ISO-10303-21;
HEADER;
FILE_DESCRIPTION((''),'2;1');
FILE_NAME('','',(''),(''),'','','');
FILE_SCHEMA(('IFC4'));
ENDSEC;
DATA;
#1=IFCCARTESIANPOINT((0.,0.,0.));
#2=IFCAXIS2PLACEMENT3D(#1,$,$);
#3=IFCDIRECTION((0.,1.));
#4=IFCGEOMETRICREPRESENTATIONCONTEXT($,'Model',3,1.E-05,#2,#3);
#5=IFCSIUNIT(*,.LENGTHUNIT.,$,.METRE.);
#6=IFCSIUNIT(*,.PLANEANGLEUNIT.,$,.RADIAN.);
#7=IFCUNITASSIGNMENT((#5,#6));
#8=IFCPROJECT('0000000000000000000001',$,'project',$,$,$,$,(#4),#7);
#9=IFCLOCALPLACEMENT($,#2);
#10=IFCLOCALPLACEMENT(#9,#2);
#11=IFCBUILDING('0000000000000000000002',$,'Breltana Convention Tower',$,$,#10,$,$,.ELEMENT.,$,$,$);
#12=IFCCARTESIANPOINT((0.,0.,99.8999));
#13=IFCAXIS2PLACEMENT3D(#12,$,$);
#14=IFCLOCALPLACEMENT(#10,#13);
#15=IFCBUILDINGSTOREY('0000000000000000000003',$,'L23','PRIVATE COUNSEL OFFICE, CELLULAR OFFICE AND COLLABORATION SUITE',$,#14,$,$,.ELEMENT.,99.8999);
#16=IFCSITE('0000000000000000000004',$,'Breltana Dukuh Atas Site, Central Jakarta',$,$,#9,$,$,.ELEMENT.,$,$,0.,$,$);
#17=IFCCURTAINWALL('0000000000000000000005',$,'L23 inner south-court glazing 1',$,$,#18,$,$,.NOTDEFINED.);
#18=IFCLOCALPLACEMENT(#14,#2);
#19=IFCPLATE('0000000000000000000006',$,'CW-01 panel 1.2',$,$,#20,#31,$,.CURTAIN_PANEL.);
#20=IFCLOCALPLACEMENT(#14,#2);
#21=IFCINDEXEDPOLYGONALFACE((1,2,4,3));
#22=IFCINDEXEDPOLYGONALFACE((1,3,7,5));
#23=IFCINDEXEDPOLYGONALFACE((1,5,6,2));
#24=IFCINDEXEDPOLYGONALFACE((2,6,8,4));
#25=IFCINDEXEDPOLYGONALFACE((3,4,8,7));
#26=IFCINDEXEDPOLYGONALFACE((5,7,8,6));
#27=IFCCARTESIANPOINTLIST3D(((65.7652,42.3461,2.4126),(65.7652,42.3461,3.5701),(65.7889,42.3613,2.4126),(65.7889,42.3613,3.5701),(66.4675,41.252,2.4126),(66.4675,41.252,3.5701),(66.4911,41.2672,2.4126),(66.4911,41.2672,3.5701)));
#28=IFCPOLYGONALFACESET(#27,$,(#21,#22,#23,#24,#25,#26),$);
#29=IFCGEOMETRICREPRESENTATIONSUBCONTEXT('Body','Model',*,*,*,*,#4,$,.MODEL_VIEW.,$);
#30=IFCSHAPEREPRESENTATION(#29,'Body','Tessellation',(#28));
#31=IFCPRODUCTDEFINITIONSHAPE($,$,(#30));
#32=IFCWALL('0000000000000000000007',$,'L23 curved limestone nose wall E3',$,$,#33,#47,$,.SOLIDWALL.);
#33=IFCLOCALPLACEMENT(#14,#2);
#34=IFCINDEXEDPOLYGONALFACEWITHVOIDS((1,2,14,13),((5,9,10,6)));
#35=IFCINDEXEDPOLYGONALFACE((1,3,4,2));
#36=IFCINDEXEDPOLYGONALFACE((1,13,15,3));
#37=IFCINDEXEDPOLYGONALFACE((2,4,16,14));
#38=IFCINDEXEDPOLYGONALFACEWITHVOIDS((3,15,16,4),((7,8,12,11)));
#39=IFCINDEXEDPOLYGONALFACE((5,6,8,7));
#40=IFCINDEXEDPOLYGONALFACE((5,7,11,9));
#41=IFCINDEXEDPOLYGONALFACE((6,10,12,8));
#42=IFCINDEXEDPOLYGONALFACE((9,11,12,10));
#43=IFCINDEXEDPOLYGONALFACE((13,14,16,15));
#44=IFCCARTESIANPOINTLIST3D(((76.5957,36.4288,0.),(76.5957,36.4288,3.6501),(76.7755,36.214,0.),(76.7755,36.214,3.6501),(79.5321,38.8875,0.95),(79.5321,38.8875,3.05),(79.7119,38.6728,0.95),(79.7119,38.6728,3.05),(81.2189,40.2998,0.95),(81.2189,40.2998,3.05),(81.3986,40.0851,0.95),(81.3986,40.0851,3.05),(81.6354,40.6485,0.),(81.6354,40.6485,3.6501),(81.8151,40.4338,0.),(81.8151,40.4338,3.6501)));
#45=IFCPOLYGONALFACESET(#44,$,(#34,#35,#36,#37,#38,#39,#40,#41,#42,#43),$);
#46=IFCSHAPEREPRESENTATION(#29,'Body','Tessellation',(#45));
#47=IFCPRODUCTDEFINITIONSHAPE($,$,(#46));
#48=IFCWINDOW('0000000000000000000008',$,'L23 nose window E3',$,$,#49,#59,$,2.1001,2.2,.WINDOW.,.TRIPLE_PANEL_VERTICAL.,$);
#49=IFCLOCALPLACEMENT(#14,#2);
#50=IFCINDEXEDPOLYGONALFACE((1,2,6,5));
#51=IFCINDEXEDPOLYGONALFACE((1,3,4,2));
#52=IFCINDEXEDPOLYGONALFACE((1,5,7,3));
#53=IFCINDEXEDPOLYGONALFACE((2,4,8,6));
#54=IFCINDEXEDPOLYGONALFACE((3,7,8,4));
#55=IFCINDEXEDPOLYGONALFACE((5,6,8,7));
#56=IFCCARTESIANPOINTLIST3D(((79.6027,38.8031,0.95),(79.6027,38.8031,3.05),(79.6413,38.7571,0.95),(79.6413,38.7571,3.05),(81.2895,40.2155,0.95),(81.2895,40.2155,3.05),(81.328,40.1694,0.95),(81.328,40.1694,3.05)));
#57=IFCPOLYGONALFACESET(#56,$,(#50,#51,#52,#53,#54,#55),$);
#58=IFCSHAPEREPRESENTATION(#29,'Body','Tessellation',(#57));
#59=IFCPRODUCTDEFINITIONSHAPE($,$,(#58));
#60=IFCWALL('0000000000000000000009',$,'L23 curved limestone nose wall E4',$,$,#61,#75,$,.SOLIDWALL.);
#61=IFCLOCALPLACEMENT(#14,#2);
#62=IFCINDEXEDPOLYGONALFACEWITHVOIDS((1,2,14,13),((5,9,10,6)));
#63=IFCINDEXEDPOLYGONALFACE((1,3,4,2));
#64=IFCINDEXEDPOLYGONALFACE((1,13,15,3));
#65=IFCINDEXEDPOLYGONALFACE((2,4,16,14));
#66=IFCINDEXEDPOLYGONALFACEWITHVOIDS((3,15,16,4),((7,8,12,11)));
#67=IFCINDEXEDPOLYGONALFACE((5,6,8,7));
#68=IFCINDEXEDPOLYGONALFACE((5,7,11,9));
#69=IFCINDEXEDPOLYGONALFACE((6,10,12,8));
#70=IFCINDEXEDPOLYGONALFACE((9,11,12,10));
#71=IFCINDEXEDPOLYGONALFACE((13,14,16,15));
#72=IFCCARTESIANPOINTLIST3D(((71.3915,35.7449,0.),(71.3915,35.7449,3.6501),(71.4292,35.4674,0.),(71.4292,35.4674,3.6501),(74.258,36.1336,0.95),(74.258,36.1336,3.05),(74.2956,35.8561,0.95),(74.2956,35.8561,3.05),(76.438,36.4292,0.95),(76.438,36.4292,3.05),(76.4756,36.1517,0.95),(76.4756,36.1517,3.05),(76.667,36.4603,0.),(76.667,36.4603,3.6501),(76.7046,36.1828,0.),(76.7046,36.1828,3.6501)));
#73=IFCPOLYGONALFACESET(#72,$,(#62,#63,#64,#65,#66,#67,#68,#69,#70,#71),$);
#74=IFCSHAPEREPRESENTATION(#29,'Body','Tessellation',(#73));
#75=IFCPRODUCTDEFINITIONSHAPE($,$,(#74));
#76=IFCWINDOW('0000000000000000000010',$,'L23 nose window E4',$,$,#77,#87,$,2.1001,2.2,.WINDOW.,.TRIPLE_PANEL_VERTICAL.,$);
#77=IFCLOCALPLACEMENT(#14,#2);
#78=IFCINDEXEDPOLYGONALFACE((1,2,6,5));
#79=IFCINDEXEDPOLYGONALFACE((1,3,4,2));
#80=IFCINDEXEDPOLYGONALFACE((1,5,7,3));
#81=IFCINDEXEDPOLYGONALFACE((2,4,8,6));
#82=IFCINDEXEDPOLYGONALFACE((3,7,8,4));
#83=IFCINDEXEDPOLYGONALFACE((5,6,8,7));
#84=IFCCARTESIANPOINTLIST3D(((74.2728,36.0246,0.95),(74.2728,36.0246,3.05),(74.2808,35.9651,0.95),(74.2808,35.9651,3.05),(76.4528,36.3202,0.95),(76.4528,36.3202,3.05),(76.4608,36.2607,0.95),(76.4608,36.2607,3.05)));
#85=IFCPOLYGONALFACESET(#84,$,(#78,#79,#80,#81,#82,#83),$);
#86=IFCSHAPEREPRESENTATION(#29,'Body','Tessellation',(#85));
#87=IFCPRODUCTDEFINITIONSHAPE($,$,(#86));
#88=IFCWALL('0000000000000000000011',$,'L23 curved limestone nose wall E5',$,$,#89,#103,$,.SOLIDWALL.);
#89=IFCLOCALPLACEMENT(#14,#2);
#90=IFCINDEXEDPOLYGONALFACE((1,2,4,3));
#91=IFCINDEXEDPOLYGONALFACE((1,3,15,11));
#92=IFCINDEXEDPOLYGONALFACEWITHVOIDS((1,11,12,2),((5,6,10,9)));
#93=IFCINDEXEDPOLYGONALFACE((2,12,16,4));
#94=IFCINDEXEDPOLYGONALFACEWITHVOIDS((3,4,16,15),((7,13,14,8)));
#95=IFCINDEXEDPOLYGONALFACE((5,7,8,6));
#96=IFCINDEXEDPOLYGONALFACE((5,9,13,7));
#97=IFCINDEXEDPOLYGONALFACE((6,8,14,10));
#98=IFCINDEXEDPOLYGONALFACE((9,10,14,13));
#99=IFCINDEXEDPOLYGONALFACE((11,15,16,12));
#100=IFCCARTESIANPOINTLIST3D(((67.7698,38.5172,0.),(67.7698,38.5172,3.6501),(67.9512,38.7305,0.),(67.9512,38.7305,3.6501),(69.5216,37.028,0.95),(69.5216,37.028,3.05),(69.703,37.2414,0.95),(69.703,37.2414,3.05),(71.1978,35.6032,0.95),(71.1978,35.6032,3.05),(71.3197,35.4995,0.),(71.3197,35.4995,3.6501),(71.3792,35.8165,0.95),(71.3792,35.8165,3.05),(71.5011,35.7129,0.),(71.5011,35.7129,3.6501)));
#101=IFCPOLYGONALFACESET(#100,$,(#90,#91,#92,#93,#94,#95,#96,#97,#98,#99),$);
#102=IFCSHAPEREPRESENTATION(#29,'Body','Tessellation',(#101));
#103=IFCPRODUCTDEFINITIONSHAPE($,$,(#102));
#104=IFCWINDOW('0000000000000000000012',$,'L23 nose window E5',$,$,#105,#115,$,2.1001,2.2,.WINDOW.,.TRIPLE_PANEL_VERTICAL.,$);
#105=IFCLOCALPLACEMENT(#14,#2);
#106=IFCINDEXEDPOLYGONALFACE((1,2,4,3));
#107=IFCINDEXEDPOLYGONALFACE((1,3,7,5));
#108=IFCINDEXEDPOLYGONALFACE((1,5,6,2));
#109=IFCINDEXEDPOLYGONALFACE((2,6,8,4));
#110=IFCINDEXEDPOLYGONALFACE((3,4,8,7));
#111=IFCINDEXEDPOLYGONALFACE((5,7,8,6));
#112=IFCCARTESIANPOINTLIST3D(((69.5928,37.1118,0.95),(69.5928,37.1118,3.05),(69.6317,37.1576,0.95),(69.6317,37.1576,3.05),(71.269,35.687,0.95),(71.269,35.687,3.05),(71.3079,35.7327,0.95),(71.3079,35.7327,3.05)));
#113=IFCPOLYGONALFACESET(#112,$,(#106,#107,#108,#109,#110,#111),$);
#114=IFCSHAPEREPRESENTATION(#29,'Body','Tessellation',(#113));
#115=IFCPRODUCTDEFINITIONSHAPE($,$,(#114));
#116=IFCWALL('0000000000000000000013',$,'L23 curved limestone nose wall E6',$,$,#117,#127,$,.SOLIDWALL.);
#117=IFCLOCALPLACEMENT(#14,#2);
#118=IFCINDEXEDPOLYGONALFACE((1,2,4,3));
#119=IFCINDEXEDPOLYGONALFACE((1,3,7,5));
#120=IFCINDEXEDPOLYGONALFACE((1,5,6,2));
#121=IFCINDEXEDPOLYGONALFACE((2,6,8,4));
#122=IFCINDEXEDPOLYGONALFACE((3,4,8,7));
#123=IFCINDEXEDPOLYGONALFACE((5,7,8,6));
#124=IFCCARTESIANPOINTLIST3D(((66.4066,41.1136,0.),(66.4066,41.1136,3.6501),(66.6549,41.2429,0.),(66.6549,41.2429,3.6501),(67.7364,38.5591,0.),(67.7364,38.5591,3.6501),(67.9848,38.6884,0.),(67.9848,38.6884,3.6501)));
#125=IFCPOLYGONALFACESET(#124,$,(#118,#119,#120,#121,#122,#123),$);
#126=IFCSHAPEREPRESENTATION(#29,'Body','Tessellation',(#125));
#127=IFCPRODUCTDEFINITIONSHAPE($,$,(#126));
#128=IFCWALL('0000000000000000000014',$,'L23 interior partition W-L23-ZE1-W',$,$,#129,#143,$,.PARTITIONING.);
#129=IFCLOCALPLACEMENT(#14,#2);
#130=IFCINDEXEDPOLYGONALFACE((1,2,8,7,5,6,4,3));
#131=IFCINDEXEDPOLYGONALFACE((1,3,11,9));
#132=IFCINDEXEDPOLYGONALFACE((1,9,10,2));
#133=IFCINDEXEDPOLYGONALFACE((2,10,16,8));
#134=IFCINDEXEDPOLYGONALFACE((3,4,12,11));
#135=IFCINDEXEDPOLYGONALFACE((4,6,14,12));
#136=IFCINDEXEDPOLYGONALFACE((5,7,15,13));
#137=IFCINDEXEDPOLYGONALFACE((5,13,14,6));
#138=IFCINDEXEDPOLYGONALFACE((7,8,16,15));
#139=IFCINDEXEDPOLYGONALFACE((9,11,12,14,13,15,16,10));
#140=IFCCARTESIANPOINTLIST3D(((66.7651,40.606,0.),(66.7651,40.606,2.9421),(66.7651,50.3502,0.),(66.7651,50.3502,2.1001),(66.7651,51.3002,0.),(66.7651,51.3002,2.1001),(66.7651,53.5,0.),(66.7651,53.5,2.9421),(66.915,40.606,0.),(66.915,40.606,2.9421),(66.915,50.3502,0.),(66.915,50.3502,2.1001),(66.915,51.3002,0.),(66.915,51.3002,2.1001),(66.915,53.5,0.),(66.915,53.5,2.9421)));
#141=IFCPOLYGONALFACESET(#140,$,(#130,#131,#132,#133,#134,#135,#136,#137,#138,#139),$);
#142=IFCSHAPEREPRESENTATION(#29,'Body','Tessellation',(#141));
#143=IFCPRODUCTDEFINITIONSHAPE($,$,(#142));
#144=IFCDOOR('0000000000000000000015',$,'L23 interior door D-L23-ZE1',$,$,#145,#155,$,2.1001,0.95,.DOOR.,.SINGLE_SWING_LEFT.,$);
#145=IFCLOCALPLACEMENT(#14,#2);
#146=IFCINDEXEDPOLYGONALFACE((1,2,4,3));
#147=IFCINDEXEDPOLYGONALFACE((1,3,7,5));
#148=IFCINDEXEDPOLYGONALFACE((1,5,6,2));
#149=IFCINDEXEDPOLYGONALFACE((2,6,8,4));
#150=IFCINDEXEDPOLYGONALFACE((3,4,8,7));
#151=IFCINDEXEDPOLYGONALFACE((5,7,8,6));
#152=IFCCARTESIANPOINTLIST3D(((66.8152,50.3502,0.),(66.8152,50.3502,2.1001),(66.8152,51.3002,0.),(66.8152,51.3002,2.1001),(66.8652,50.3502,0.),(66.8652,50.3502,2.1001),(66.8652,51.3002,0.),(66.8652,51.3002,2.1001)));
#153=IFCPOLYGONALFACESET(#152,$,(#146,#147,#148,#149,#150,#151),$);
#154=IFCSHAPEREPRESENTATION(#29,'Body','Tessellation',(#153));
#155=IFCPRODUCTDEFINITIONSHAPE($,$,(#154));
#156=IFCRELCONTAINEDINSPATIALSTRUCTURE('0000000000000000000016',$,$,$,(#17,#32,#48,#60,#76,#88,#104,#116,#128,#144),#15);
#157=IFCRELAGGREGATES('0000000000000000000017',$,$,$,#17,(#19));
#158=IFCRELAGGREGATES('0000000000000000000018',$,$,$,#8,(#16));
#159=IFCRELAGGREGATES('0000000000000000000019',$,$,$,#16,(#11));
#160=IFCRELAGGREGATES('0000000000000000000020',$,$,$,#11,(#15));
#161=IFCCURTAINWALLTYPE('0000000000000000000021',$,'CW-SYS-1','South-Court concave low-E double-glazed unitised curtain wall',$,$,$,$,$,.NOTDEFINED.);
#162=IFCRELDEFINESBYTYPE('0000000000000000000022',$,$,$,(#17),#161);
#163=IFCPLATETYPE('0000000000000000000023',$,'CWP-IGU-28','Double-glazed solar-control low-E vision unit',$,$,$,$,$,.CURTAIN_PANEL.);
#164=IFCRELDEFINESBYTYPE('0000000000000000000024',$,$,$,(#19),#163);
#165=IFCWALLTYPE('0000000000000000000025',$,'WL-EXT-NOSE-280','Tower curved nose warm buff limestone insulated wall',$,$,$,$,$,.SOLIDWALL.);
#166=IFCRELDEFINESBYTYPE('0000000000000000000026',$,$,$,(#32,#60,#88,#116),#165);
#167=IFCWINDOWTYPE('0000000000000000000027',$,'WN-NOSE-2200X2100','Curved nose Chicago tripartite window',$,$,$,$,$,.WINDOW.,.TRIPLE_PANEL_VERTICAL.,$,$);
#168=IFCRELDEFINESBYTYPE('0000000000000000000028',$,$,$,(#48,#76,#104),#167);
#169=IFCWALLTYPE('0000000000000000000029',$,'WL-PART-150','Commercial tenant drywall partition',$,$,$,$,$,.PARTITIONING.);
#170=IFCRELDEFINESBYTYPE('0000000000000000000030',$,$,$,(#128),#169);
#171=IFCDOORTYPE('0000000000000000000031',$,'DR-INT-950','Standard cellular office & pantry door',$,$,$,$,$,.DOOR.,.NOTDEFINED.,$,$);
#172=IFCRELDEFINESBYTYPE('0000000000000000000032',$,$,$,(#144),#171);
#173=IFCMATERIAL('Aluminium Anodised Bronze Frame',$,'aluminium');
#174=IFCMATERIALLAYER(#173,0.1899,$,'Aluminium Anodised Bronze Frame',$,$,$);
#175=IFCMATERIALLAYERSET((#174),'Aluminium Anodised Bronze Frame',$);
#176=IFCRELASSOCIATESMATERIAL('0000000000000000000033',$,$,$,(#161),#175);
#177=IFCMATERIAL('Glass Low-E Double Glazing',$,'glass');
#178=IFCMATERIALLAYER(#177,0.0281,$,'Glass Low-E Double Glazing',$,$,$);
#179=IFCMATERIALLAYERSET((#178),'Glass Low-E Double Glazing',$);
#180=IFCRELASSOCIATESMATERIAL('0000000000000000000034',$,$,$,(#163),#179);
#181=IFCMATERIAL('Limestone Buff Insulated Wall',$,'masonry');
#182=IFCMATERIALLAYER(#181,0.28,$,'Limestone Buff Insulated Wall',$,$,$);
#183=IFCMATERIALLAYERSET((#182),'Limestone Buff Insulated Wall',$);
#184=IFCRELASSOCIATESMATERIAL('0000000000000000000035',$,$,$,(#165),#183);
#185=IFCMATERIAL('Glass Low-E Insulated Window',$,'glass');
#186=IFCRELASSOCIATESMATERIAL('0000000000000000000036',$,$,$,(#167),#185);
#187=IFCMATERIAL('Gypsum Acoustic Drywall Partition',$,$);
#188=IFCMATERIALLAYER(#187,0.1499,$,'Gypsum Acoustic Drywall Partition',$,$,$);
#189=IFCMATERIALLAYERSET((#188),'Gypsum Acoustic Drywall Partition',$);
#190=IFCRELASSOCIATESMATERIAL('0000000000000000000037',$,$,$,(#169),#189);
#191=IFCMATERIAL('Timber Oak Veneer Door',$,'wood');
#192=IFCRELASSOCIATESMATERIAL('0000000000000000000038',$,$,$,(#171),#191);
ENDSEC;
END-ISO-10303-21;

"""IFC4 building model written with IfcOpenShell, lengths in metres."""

from ifc_helpers import new_model, si_unit, direction, frame, frame_2d, origin, origin_2d, place, context, subcontext, project, spatial, rectangle, extrude, source, transform, mapped, material, layer, layer_set, type_object, type_shapes, element, fill, aggregate, save


model = new_model("IFC4")

# Units and contexts
model_context = context("Model", 3, precision=1e-05, world=origin(), true_north=direction((0.0, 1.0)))
body_context = subcontext(model_context, "Body", "Model", "MODEL_VIEW")
ifc_project = project(units=[si_unit("LENGTHUNIT", "METRE"), si_unit("PLANEANGLEUNIT", "RADIAN")], contexts=[model_context])

# Site, building, storey
site_placement = place(None, origin())
site = spatial("IfcSite", under=ifc_project, at=site_placement, Name="Breltana Dukuh Atas Site, Central Jakarta", CompositionType="ELEMENT", RefElevation=0.0)
building_placement = place(site_placement, origin())
building = spatial("IfcBuilding", under=site, at=building_placement, Name="Breltana Convention Tower", CompositionType="ELEMENT")
storey_placement = place(building_placement, frame((0.0, 0.0, 99.8999)))
storey = spatial("IfcBuildingStorey", under=building, at=storey_placement, Name="L23", Description="PRIVATE COUNSEL OFFICE, CELLULAR OFFICE AND COLLABORATION SUITE", CompositionType="ELEMENT", Elevation=99.8999)

# Curtain wall, plate
ifc_material_1 = material(Name="Aluminium Anodised Bronze Frame", Category="aluminium")
ifc_layer_1 = layer(ifc_material_1, 0.1899, Name="Aluminium Anodised Bronze Frame")
ifc_layer_set_1 = layer_set([ifc_layer_1], Name="Aluminium Anodised Bronze Frame")
curtain_wall_type = type_object("IfcCurtainWallType", Name="CW-SYS-1", Description="South-Court concave low-E double-glazed unitised curtain wall", PredefinedType="NOTDEFINED", material=ifc_layer_set_1)
curtain_wall_placement = place(storey_placement, origin())
curtain_wall = element("IfcCurtainWall", 1, at=curtain_wall_placement, inside=storey, type_object=curtain_wall_type, Name="L23 inner south-court glazing 1", PredefinedType="NOTDEFINED")
ifc_material_2 = material(Name="Glass Low-E Double Glazing", Category="glass")
ifc_layer_2 = layer(ifc_material_2, 0.0281, Name="Glass Low-E Double Glazing")
ifc_layer_set_2 = layer_set([ifc_layer_2], Name="Glass Low-E Double Glazing")
plate_type = type_object("IfcPlateType", Name="CWP-IGU-28", Description="Double-glazed solar-control low-E vision unit", PredefinedType="CURTAIN_PANEL", material=ifc_layer_set_2)
shared_shape_1 = source(origin(), body_context, "Body", "SweptSolid", [
    extrude(rectangle(XDim=1.3, YDim=0.0281, at=origin_2d()), origin(), (0.0, 0.0, 1.0), 1.1575),
])
plate_1_placement = place(storey_placement, frame((66.1282, 41.8066, 2.4126), z_axis=(0.0, 0.0, 1.0), x_axis=(-0.540177, 0.841551, 0.0)))
plate_1 = element("IfcPlate", 2, at=plate_1_placement, type_object=plate_type, Name="CW-01 panel 1.2", PredefinedType="CURTAIN_PANEL", context=body_context, shape_type="MappedRepresentation", body=[
    mapped(shared_shape_1, transform((0.0, 0.0, 0.0), scale=1.0)),
])
aggregate(curtain_wall, [plate_1])

# Walls, openings, windows
ifc_material_3 = material(Name="Limestone Buff Insulated Wall", Category="masonry")
ifc_layer_3 = layer(ifc_material_3, 0.28, Name="Limestone Buff Insulated Wall")
ifc_layer_set_3 = layer_set([ifc_layer_3], Name="Limestone Buff Insulated Wall")
wall_type_1 = type_object("IfcWallType", Name="WL-EXT-NOSE-280", Description="Tower curved nose warm buff limestone insulated wall", PredefinedType="SOLIDWALL", material=ifc_layer_set_3)
shared_shape_2 = source(origin(), body_context, "Body", "SweptSolid", [
    extrude(rectangle(XDim=6.573, YDim=0.28, at=frame_2d((3.2866, 0.0))), origin(), (0.0, 0.0, 1.0), 3.6501),
])
wall_1_placement = place(storey_placement, frame((81.7253, 40.5413, 0.0), z_axis=(0.0, 0.0, 1.0), x_axis=(-0.766715, -0.641987, 0.0)))
wall_1 = element("IfcWall", 3, at=wall_1_placement, inside=storey, type_object=wall_type_1, Name="L23 curved limestone nose wall E3", PredefinedType="SOLIDWALL", context=body_context, shape_type="MappedRepresentation", body=[
    mapped(shared_shape_2, transform((0.0, 0.0, 0.0), scale=1.0)),
])
opening_1_placement = place(wall_1_placement, frame((0.5432, 0.0, 0.95)))
opening_1 = element("IfcOpeningElement", 4, at=opening_1_placement, cuts=wall_1, PredefinedType="OPENING", context=body_context, shape_type="SweptSolid", body=[
    extrude(rectangle(XDim=2.2, YDim=2.1001, at=frame_2d((1.1001, 1.05))), frame((0.0, 0.1499, 0.0), z_axis=(0.0, -1.0, 0.0), x_axis=(1.0, 0.0, 0.0)), (0.0, 0.0, 1.0), 0.3),
])
ifc_material_4 = material(Name="Glass Low-E Insulated Window", Category="glass")
window_type = type_object("IfcWindowType", Name="WN-NOSE-2200X2100", Description="Curved nose Chicago tripartite window", PartitioningType="TRIPLE_PANEL_VERTICAL", PredefinedType="WINDOW", material=ifc_material_4)
shared_shape_3 = source(origin(), body_context, "Body", "SweptSolid", [
    extrude(rectangle(XDim=2.2, YDim=2.1001, at=frame_2d((1.1001, 1.05))), frame((0.0, 0.03, 0.0), z_axis=(0.0, -1.0, 0.0), x_axis=(1.0, 0.0, 0.0)), (0.0, 0.0, 1.0), 0.0601),
])
type_shapes(window_type, [shared_shape_3])
window_1_placement = place(opening_1_placement, origin())
window_1 = element("IfcWindow", 5, at=window_1_placement, inside=storey, type_object=window_type, Name="L23 nose window E3", OverallHeight=2.1001, OverallWidth=2.2, PartitioningType="TRIPLE_PANEL_VERTICAL", PredefinedType="WINDOW", context=body_context, shape_type="MappedRepresentation", body=[
    mapped(shared_shape_3, transform((0.0, 0.0, 0.0), scale=1.0)),
])
fill(opening_1, window_1)
shared_shape_4 = source(origin(), body_context, "Body", "SweptSolid", [
    extrude(rectangle(XDim=5.3237, YDim=0.28, at=frame_2d((2.6619, 0.0))), origin(), (0.0, 0.0, 1.0), 3.6501),
])
wall_2_placement = place(storey_placement, frame((76.6858, 36.3215, 0.0), z_axis=(0.0, 0.0, 1.0), x_axis=(-0.990931, -0.134368, 0.0)))
wall_2 = element("IfcWall", 6, at=wall_2_placement, inside=storey, type_object=wall_type_1, Name="L23 curved limestone nose wall E4", PredefinedType="SOLIDWALL", context=body_context, shape_type="MappedRepresentation", body=[
    mapped(shared_shape_4, transform((0.0, 0.0, 0.0), scale=1.0)),
])
opening_2_placement = place(wall_2_placement, frame((0.231, 0.0, 0.95)))
opening_2 = element("IfcOpeningElement", 7, at=opening_2_placement, cuts=wall_2, PredefinedType="OPENING", context=body_context, shape_type="SweptSolid", body=[
    extrude(rectangle(XDim=2.2, YDim=2.1001, at=frame_2d((1.1001, 1.05))), frame((0.0, 0.1499, 0.0), z_axis=(0.0, -1.0, 0.0), x_axis=(1.0, 0.0, 0.0)), (0.0, 0.0, 1.0), 0.3),
])
window_2_placement = place(opening_2_placement, origin())
window_2 = element("IfcWindow", 8, at=window_2_placement, inside=storey, type_object=window_type, Name="L23 nose window E4", OverallHeight=2.1001, OverallWidth=2.2, PartitioningType="TRIPLE_PANEL_VERTICAL", PredefinedType="WINDOW", context=body_context, shape_type="MappedRepresentation", body=[
    mapped(shared_shape_3, transform((0.0, 0.0, 0.0), scale=1.0)),
])
fill(opening_2, window_2)
shared_shape_5 = source(origin(), body_context, "Body", "SweptSolid", [
    extrude(rectangle(XDim=4.6592, YDim=0.28, at=frame_2d((2.3296, 0.0))), origin(), (0.0, 0.0, 1.0), 3.6501),
])
wall_3_placement = place(storey_placement, frame((71.4104, 35.6062, 0.0), z_axis=(0.0, 0.0, 1.0), x_axis=(-0.761913, 0.647679, 0.0)))
wall_3 = element("IfcWall", 9, at=wall_3_placement, inside=storey, type_object=wall_type_1, Name="L23 curved limestone nose wall E5", PredefinedType="SOLIDWALL", context=body_context, shape_type="MappedRepresentation", body=[
    mapped(shared_shape_5, transform((0.0, 0.0, 0.0), scale=1.0)),
])
opening_3_placement = place(wall_3_placement, frame((0.1599, 0.0, 0.95)))
opening_3 = element("IfcOpeningElement", 10, at=opening_3_placement, cuts=wall_3, PredefinedType="OPENING", context=body_context, shape_type="SweptSolid", body=[
    extrude(rectangle(XDim=2.2, YDim=2.1001, at=frame_2d((1.1001, 1.05))), frame((0.0, 0.1499, 0.0), z_axis=(0.0, -1.0, 0.0), x_axis=(1.0, 0.0, 0.0)), (0.0, 0.0, 1.0), 0.3),
])
window_3_placement = place(opening_3_placement, origin())
window_3 = element("IfcWindow", 11, at=window_3_placement, inside=storey, type_object=window_type, Name="L23 nose window E5", OverallHeight=2.1001, OverallWidth=2.2, PartitioningType="TRIPLE_PANEL_VERTICAL", PredefinedType="WINDOW", context=body_context, shape_type="MappedRepresentation", body=[
    mapped(shared_shape_3, transform((0.0, 0.0, 0.0), scale=1.0)),
])
fill(opening_3, window_3)

# Wall
shared_shape_6 = source(origin(), body_context, "Body", "SweptSolid", [
    extrude(rectangle(XDim=2.8799, YDim=0.28, at=frame_2d((1.4399, 0.0))), origin(), (0.0, 0.0, 1.0), 3.6501),
])
wall_4_placement = place(storey_placement, frame((67.8606, 38.6238, 0.0), z_axis=(0.0, 0.0, 1.0), x_axis=(-0.461769, 0.887, 0.0)))
element("IfcWall", 12, at=wall_4_placement, inside=storey, type_object=wall_type_1, Name="L23 curved limestone nose wall E6", PredefinedType="SOLIDWALL", context=body_context, shape_type="MappedRepresentation", body=[
    mapped(shared_shape_6, transform((0.0, 0.0, 0.0), scale=1.0)),
])

# Wall, opening, door
ifc_material_5 = material(Name="Gypsum Acoustic Drywall Partition")
ifc_layer_4 = layer(ifc_material_5, 0.1499, Name="Gypsum Acoustic Drywall Partition")
ifc_layer_set_4 = layer_set([ifc_layer_4], Name="Gypsum Acoustic Drywall Partition")
wall_type_2 = type_object("IfcWallType", Name="WL-PART-150", Description="Commercial tenant drywall partition", PredefinedType="PARTITIONING", material=ifc_layer_set_4)
shared_shape_7 = source(origin(), body_context, "Body", "SweptSolid", [
    extrude(rectangle(XDim=12.894, YDim=0.1499, at=frame_2d((6.447, 0.0))), origin(), (0.0, 0.0, 1.0), 2.9421),
])
wall_5_placement = place(storey_placement, frame((66.8401, 40.606, 0.0), z_axis=(0.0, 0.0, 1.0), x_axis=(0.0, 1.0, 0.0)))
wall_5 = element("IfcWall", 13, at=wall_5_placement, inside=storey, type_object=wall_type_2, Name="L23 interior partition W-L23-ZE1-W", PredefinedType="PARTITIONING", context=body_context, shape_type="MappedRepresentation", body=[
    mapped(shared_shape_7, transform((0.0, 0.0, 0.0), scale=1.0)),
])
opening_4_placement = place(wall_5_placement, frame((9.7441, 0.0, 0.0)))
opening_4 = element("IfcOpeningElement", 14, at=opening_4_placement, cuts=wall_5, PredefinedType="OPENING", context=body_context, shape_type="SweptSolid", body=[
    extrude(rectangle(XDim=0.95, YDim=2.1001, at=frame_2d((0.4751, 1.05))), frame((0.0, 0.085, 0.0), z_axis=(0.0, -1.0, 0.0), x_axis=(1.0, 0.0, 0.0)), (0.0, 0.0, 1.0), 0.1699),
])
ifc_material_6 = material(Name="Timber Oak Veneer Door", Category="wood")
door_type = type_object("IfcDoorType", Name="DR-INT-950", Description="Standard cellular office & pantry door", OperationType="NOTDEFINED", PredefinedType="DOOR", material=ifc_material_6)
shared_shape_8 = source(origin(), body_context, "Body", "SweptSolid", [
    extrude(rectangle(XDim=0.95, YDim=2.1001, at=frame_2d((0.4751, 1.05))), frame((0.0, 0.0249, 0.0), z_axis=(0.0, -1.0, 0.0), x_axis=(1.0, 0.0, 0.0)), (0.0, 0.0, 1.0), 0.05),
])
type_shapes(door_type, [shared_shape_8])
door_placement = place(opening_4_placement, origin())
door = element("IfcDoor", 15, at=door_placement, inside=storey, type_object=door_type, Name="L23 interior door D-L23-ZE1", OperationType="SINGLE_SWING_LEFT", OverallHeight=2.1001, OverallWidth=0.95, PredefinedType="DOOR", context=body_context, shape_type="MappedRepresentation", body=[
    mapped(shared_shape_8, transform((0.0, 0.0, 0.0), scale=1.0)),
])
fill(opening_4, door)

save(model, "model.ifc")
